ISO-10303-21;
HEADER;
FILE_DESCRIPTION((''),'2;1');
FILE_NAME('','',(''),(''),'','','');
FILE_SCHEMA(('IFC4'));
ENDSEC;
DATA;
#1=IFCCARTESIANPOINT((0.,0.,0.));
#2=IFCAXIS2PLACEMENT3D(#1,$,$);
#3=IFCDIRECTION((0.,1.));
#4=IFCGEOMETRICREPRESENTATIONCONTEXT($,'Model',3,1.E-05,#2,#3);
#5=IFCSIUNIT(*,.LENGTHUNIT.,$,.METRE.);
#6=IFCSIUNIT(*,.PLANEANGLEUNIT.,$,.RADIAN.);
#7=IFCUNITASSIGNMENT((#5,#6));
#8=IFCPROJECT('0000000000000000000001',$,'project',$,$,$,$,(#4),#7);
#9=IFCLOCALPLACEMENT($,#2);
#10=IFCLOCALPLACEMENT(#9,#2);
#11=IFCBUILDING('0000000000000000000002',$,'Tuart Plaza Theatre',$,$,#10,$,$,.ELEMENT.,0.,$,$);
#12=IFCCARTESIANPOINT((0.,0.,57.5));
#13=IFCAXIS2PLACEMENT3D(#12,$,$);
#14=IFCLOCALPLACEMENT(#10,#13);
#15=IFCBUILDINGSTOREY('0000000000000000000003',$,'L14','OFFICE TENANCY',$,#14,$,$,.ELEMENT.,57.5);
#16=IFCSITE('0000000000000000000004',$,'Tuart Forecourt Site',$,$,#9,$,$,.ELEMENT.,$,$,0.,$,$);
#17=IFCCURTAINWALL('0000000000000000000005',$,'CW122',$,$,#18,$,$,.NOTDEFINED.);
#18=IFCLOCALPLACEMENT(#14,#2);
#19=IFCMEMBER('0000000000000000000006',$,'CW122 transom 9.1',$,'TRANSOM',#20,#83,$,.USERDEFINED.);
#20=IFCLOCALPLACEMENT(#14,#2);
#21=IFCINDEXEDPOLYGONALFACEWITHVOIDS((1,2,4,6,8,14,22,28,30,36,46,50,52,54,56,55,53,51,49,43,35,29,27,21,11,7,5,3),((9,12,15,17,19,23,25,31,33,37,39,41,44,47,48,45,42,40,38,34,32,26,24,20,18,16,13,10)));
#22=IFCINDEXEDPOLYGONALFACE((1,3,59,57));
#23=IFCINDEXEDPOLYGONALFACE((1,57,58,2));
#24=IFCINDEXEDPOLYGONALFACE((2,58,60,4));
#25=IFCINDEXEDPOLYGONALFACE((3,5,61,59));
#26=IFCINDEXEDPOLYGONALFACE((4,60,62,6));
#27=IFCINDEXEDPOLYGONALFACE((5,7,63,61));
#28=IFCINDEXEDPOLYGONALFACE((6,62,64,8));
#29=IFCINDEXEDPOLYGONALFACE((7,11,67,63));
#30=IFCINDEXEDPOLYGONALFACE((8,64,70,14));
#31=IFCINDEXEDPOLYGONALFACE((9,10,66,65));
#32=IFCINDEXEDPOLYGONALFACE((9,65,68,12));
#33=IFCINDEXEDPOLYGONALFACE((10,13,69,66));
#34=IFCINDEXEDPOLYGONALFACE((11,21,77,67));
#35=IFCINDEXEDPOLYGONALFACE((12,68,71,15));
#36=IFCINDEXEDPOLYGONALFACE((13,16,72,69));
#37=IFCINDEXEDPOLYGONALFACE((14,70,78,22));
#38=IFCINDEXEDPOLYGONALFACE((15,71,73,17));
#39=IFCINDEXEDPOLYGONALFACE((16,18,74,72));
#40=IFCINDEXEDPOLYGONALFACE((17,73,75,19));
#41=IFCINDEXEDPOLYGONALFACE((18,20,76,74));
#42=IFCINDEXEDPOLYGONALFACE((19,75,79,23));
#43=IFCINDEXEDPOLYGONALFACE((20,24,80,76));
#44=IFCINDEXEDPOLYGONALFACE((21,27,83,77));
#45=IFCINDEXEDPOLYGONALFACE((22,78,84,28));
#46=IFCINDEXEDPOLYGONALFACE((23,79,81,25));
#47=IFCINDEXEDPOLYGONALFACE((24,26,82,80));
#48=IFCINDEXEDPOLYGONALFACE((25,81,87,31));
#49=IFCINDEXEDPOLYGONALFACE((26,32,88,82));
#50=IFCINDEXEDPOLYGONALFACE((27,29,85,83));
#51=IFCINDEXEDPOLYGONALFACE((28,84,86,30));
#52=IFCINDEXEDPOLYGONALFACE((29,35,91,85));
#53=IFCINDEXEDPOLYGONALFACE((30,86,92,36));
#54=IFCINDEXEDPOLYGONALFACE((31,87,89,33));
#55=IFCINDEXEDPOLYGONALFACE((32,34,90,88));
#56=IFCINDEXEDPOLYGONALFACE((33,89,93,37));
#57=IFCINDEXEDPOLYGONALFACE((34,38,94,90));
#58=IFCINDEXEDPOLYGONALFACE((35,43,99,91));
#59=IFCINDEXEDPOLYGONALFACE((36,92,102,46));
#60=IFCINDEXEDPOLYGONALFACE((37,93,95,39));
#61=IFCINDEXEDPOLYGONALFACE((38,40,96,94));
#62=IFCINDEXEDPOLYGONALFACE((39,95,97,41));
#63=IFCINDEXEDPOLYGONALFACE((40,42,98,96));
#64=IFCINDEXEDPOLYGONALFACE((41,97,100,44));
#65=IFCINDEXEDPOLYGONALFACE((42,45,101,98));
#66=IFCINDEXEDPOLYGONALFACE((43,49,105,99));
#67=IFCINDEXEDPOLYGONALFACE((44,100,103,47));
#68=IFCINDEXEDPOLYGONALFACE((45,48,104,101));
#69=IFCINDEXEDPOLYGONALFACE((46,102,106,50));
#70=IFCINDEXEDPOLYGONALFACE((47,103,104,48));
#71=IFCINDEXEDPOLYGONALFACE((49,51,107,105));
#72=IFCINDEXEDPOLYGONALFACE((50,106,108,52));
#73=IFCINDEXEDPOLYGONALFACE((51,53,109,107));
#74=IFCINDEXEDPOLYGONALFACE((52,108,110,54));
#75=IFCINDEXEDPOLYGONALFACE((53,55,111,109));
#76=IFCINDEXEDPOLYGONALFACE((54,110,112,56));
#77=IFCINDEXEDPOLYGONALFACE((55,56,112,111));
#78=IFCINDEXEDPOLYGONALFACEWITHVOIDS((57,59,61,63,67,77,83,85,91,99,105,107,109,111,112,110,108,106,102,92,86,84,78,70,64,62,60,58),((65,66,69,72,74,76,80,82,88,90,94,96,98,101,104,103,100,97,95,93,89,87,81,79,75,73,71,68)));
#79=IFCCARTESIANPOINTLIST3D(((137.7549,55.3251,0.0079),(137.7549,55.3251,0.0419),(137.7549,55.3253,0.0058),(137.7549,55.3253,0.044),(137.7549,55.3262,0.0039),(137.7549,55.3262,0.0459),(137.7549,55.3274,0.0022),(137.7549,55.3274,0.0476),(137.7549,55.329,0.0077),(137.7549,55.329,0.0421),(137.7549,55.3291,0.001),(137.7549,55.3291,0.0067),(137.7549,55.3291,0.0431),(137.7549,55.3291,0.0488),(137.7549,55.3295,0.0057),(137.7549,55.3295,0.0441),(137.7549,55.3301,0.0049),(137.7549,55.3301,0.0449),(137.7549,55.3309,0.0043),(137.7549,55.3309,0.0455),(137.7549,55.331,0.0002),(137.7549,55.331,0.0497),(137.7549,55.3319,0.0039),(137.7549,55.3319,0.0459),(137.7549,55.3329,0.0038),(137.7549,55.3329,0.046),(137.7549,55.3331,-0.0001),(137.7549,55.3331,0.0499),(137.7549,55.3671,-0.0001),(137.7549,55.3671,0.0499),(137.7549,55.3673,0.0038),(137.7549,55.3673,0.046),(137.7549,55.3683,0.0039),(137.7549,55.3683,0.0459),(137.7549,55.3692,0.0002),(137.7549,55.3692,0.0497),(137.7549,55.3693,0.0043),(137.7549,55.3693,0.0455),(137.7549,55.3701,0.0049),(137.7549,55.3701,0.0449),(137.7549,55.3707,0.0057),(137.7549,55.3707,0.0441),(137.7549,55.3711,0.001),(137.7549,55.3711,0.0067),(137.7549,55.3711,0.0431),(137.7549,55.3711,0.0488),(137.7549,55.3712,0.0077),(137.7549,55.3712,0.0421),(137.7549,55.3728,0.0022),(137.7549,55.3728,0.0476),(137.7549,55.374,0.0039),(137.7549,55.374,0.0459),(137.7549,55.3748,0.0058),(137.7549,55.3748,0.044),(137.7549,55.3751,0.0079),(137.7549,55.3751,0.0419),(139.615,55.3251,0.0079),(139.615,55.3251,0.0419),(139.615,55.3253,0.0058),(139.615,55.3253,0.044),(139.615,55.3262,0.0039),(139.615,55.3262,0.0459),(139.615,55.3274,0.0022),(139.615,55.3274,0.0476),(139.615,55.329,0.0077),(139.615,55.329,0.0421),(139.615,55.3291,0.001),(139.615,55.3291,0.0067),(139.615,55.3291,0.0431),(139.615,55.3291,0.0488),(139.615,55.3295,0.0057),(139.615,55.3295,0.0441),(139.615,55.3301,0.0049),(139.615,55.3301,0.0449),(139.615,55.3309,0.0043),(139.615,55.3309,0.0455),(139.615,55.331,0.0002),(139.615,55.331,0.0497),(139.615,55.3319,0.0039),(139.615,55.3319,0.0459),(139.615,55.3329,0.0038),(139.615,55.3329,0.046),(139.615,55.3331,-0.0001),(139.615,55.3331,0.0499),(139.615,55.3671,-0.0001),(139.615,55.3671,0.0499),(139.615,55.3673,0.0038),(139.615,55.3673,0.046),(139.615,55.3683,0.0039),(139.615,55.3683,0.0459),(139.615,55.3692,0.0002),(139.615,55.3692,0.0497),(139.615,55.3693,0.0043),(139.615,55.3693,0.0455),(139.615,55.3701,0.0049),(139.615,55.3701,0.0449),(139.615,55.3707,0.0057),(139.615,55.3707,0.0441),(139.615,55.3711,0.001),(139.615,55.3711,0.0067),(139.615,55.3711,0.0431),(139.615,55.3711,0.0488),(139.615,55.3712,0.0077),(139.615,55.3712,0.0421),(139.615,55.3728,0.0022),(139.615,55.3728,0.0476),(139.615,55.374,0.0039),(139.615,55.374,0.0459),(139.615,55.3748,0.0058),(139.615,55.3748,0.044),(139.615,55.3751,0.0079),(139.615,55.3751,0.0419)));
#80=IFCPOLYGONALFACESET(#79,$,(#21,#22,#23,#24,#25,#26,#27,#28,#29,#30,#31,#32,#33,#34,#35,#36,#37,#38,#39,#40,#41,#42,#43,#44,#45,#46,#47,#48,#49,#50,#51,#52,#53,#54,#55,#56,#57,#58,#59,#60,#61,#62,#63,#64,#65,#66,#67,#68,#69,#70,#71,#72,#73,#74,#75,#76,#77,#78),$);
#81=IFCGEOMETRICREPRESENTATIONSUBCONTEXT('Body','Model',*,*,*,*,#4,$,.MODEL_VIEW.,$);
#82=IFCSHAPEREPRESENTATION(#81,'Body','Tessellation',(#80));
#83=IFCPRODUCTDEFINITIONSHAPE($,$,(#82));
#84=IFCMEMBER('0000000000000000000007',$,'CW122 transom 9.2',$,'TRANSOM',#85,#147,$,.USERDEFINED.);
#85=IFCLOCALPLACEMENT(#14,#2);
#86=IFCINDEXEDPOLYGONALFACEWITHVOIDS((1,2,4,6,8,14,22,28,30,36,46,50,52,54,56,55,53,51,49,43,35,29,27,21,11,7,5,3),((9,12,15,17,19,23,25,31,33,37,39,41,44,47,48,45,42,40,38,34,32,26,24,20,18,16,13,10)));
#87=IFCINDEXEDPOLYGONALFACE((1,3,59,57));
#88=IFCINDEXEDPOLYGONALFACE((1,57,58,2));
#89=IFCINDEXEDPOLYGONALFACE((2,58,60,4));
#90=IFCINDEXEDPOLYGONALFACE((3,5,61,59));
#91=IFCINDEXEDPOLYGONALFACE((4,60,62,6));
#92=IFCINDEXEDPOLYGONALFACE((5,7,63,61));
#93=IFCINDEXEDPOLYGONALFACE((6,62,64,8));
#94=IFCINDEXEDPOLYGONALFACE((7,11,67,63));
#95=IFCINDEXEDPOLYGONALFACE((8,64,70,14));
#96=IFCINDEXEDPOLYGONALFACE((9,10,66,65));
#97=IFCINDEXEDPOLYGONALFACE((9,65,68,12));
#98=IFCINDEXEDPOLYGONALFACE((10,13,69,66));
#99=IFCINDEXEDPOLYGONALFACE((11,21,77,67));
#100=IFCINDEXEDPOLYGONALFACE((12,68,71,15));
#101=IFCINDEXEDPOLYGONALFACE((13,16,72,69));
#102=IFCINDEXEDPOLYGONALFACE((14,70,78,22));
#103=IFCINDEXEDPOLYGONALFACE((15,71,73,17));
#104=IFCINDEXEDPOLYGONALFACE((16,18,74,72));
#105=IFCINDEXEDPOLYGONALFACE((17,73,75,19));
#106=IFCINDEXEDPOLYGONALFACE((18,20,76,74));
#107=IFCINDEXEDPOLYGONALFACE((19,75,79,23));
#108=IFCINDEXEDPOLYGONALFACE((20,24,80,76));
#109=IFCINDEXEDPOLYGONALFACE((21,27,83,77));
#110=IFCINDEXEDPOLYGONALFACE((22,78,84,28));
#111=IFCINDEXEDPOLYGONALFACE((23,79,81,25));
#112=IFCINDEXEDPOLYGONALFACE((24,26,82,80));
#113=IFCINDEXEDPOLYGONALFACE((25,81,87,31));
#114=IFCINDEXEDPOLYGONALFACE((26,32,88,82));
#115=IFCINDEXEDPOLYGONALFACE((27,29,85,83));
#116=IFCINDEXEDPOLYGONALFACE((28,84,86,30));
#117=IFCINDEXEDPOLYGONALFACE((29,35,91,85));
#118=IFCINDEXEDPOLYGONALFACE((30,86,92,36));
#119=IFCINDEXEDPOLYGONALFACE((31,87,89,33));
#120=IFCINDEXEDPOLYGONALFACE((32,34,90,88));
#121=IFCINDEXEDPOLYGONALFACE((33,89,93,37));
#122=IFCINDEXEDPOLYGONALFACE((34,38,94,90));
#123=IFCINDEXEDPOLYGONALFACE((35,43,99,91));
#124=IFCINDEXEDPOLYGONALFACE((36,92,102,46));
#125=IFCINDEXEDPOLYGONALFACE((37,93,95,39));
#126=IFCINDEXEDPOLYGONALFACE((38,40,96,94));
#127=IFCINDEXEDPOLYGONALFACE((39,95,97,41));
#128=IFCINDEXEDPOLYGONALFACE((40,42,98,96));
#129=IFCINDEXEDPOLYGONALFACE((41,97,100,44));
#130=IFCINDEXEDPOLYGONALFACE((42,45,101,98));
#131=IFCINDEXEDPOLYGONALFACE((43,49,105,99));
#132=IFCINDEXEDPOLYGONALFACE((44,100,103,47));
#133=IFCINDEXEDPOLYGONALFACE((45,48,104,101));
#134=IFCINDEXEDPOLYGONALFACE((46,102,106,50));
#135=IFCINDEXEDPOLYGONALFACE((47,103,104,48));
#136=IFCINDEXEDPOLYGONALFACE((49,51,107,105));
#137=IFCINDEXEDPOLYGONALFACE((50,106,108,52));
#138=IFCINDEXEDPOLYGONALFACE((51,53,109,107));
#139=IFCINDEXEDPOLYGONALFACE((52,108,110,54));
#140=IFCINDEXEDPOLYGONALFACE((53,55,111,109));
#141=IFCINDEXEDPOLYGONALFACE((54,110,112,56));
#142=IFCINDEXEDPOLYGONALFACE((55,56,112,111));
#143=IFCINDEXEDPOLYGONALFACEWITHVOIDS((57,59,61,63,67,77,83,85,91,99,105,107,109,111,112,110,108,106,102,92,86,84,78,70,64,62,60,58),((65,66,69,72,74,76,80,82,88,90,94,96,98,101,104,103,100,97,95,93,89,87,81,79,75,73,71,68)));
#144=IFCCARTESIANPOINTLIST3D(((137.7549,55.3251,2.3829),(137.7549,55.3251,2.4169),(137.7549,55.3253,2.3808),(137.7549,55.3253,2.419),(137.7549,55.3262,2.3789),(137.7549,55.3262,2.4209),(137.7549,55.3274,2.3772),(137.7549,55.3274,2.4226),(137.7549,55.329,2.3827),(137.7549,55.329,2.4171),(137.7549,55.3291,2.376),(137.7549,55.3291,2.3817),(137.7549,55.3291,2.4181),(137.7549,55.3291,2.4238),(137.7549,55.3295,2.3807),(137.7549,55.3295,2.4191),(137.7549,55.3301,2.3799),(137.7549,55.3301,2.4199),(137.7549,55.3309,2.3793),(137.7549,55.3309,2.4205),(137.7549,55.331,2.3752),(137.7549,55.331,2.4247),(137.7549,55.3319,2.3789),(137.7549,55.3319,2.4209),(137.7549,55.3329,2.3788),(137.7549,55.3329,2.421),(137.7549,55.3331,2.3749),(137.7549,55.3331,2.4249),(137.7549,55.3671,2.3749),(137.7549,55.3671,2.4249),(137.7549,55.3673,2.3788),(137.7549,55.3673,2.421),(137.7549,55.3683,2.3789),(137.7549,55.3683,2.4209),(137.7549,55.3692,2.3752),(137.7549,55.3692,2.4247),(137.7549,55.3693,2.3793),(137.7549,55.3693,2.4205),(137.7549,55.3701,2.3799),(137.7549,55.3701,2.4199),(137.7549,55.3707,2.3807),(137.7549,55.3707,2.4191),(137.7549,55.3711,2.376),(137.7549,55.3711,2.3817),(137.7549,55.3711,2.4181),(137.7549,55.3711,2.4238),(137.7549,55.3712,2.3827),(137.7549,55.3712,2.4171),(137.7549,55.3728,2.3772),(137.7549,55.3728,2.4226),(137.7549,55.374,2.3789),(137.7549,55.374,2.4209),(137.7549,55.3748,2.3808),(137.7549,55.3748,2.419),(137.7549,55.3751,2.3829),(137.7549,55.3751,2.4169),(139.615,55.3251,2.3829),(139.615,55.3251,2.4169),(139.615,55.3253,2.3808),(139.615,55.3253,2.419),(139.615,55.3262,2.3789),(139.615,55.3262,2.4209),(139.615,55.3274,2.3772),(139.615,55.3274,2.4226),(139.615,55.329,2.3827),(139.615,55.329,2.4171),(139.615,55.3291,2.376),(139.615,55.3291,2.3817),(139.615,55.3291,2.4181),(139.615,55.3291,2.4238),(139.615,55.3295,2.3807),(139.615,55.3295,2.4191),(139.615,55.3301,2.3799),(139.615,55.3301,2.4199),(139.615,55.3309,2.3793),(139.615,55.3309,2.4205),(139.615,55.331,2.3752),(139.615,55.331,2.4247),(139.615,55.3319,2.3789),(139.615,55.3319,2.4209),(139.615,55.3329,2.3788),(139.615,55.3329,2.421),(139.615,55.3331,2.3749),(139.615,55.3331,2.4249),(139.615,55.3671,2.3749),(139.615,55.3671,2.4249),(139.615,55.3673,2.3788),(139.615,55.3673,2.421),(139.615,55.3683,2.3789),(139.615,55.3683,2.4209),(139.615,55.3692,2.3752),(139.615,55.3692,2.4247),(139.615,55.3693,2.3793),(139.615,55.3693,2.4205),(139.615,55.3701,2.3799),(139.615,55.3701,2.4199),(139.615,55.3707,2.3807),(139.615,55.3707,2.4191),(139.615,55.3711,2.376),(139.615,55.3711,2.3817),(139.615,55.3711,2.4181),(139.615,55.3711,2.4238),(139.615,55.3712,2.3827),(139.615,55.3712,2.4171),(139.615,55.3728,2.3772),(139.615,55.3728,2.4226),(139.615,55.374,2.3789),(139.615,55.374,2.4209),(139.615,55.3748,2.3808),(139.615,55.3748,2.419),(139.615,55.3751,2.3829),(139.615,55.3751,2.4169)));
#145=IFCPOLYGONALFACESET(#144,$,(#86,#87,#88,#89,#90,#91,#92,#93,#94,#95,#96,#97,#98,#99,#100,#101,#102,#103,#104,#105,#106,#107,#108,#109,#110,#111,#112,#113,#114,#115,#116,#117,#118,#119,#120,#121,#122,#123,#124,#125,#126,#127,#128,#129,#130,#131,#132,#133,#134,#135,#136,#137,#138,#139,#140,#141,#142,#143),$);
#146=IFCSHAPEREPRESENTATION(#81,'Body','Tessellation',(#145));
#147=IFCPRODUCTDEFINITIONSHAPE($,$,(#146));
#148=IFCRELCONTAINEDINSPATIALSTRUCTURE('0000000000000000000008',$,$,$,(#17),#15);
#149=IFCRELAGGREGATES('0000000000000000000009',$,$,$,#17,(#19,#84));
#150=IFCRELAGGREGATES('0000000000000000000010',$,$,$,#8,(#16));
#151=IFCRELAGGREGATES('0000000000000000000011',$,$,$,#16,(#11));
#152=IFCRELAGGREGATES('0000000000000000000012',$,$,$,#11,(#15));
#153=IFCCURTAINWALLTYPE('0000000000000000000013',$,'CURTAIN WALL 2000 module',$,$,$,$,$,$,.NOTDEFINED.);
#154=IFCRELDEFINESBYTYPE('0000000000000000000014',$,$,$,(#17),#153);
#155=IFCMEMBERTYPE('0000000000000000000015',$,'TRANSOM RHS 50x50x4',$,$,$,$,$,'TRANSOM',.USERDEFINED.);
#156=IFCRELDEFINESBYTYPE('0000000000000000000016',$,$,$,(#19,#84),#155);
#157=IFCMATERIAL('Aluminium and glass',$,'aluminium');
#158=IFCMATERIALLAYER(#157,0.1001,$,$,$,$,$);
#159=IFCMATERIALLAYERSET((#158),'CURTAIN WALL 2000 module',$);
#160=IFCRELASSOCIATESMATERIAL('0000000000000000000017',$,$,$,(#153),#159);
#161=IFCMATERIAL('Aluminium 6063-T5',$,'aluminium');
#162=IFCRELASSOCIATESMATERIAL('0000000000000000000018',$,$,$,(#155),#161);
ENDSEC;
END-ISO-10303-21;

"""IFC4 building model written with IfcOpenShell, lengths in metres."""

from ifc_helpers import new_model, si_unit, direction, frame, origin, origin_2d, place, context, subcontext, project, spatial, hollow_rectangle, extrude, material, layer, layer_set, material_profile, profile_set, type_object, element, aggregate, save


model = new_model("IFC4")

# Units and contexts
model_context = context("Model", 3, precision=1e-05, world=origin(), true_north=direction((0.0, 1.0)))
body_context = subcontext(model_context, "Body", "Model", "MODEL_VIEW")
ifc_project = project(units=[si_unit("LENGTHUNIT", "METRE"), si_unit("PLANEANGLEUNIT", "RADIAN")], contexts=[model_context])

# Site, building, storey
site_placement = place(None, origin())
site = spatial("IfcSite", under=ifc_project, at=site_placement, Name="Tuart Forecourt Site", CompositionType="ELEMENT", RefElevation=0.0)
building_placement = place(site_placement, origin())
building = spatial("IfcBuilding", under=site, at=building_placement, Name="Tuart Plaza Theatre", CompositionType="ELEMENT", ElevationOfRefHeight=0.0)
storey_placement = place(building_placement, frame((0.0, 0.0, 57.5)))
storey = spatial("IfcBuildingStorey", under=building, at=storey_placement, Name="L14", Description="OFFICE TENANCY", CompositionType="ELEMENT", Elevation=57.5)

# Curtain wall, members
ifc_material_1 = material(Name="Aluminium and glass", Category="aluminium")
ifc_layer_1 = layer(ifc_material_1, 0.1001)
ifc_layer_set_1 = layer_set([ifc_layer_1], Name="CURTAIN WALL 2000 module")
curtain_wall_type = type_object("IfcCurtainWallType", Name="CURTAIN WALL 2000 module", PredefinedType="NOTDEFINED", material=ifc_layer_set_1)
curtain_wall_placement = place(storey_placement, origin())
curtain_wall = element("IfcCurtainWall", 1, at=curtain_wall_placement, inside=storey, type_object=curtain_wall_type, Name="CW122", PredefinedType="NOTDEFINED")
ifc_material_2 = material(Name="Aluminium 6063-T5", Category="aluminium")
ifc_material_profile_1 = material_profile(ifc_material_2, hollow_rectangle(XDim=0.05, YDim=0.05, WallThickness=0.0039, InnerFilletRadius=0.0039, OuterFilletRadius=0.0081, at=origin_2d()), Name="RHS 50x50x4")
ifc_profile_set_1 = profile_set([ifc_material_profile_1], Name="Aluminium 6063-T5")
member_type_1 = type_object("IfcMemberType", Name="TRANSOM RHS 50x50x4", ElementType="TRANSOM", PredefinedType="USERDEFINED", material=ifc_profile_set_1)
member_1_placement = place(storey_placement, frame((137.7549, 55.3501, 0.0249), z_axis=(1.0, 0.0, 0.0), x_axis=(0.0, 1.0, 0.0)))
member_1 = element("IfcMember", 2, at=member_1_placement, type_object=member_type_1, Name="CW122 transom 9.1", ObjectType="TRANSOM", PredefinedType="USERDEFINED", context=body_context, shape_type="SweptSolid", body=[
    extrude(hollow_rectangle(XDim=0.05, YDim=0.05, WallThickness=0.0039, InnerFilletRadius=0.0039, OuterFilletRadius=0.0081, at=origin_2d()), origin(), (0.0, 0.0, 1.0), 1.8601),
])
member_2_placement = place(storey_placement, frame((137.7549, 55.3501, 2.3999), z_axis=(1.0, 0.0, 0.0), x_axis=(0.0, 1.0, 0.0)))
member_2 = element("IfcMember", 3, at=member_2_placement, type_object=member_type_1, Name="CW122 transom 9.2", ObjectType="TRANSOM", PredefinedType="USERDEFINED", context=body_context, shape_type="SweptSolid", body=[
    extrude(hollow_rectangle(XDim=0.05, YDim=0.05, WallThickness=0.0039, InnerFilletRadius=0.0039, OuterFilletRadius=0.0081, at=origin_2d()), origin(), (0.0, 0.0, 1.0), 1.8601),
])
aggregate(curtain_wall, [member_1, member_2])

save(model, "model.ifc")
